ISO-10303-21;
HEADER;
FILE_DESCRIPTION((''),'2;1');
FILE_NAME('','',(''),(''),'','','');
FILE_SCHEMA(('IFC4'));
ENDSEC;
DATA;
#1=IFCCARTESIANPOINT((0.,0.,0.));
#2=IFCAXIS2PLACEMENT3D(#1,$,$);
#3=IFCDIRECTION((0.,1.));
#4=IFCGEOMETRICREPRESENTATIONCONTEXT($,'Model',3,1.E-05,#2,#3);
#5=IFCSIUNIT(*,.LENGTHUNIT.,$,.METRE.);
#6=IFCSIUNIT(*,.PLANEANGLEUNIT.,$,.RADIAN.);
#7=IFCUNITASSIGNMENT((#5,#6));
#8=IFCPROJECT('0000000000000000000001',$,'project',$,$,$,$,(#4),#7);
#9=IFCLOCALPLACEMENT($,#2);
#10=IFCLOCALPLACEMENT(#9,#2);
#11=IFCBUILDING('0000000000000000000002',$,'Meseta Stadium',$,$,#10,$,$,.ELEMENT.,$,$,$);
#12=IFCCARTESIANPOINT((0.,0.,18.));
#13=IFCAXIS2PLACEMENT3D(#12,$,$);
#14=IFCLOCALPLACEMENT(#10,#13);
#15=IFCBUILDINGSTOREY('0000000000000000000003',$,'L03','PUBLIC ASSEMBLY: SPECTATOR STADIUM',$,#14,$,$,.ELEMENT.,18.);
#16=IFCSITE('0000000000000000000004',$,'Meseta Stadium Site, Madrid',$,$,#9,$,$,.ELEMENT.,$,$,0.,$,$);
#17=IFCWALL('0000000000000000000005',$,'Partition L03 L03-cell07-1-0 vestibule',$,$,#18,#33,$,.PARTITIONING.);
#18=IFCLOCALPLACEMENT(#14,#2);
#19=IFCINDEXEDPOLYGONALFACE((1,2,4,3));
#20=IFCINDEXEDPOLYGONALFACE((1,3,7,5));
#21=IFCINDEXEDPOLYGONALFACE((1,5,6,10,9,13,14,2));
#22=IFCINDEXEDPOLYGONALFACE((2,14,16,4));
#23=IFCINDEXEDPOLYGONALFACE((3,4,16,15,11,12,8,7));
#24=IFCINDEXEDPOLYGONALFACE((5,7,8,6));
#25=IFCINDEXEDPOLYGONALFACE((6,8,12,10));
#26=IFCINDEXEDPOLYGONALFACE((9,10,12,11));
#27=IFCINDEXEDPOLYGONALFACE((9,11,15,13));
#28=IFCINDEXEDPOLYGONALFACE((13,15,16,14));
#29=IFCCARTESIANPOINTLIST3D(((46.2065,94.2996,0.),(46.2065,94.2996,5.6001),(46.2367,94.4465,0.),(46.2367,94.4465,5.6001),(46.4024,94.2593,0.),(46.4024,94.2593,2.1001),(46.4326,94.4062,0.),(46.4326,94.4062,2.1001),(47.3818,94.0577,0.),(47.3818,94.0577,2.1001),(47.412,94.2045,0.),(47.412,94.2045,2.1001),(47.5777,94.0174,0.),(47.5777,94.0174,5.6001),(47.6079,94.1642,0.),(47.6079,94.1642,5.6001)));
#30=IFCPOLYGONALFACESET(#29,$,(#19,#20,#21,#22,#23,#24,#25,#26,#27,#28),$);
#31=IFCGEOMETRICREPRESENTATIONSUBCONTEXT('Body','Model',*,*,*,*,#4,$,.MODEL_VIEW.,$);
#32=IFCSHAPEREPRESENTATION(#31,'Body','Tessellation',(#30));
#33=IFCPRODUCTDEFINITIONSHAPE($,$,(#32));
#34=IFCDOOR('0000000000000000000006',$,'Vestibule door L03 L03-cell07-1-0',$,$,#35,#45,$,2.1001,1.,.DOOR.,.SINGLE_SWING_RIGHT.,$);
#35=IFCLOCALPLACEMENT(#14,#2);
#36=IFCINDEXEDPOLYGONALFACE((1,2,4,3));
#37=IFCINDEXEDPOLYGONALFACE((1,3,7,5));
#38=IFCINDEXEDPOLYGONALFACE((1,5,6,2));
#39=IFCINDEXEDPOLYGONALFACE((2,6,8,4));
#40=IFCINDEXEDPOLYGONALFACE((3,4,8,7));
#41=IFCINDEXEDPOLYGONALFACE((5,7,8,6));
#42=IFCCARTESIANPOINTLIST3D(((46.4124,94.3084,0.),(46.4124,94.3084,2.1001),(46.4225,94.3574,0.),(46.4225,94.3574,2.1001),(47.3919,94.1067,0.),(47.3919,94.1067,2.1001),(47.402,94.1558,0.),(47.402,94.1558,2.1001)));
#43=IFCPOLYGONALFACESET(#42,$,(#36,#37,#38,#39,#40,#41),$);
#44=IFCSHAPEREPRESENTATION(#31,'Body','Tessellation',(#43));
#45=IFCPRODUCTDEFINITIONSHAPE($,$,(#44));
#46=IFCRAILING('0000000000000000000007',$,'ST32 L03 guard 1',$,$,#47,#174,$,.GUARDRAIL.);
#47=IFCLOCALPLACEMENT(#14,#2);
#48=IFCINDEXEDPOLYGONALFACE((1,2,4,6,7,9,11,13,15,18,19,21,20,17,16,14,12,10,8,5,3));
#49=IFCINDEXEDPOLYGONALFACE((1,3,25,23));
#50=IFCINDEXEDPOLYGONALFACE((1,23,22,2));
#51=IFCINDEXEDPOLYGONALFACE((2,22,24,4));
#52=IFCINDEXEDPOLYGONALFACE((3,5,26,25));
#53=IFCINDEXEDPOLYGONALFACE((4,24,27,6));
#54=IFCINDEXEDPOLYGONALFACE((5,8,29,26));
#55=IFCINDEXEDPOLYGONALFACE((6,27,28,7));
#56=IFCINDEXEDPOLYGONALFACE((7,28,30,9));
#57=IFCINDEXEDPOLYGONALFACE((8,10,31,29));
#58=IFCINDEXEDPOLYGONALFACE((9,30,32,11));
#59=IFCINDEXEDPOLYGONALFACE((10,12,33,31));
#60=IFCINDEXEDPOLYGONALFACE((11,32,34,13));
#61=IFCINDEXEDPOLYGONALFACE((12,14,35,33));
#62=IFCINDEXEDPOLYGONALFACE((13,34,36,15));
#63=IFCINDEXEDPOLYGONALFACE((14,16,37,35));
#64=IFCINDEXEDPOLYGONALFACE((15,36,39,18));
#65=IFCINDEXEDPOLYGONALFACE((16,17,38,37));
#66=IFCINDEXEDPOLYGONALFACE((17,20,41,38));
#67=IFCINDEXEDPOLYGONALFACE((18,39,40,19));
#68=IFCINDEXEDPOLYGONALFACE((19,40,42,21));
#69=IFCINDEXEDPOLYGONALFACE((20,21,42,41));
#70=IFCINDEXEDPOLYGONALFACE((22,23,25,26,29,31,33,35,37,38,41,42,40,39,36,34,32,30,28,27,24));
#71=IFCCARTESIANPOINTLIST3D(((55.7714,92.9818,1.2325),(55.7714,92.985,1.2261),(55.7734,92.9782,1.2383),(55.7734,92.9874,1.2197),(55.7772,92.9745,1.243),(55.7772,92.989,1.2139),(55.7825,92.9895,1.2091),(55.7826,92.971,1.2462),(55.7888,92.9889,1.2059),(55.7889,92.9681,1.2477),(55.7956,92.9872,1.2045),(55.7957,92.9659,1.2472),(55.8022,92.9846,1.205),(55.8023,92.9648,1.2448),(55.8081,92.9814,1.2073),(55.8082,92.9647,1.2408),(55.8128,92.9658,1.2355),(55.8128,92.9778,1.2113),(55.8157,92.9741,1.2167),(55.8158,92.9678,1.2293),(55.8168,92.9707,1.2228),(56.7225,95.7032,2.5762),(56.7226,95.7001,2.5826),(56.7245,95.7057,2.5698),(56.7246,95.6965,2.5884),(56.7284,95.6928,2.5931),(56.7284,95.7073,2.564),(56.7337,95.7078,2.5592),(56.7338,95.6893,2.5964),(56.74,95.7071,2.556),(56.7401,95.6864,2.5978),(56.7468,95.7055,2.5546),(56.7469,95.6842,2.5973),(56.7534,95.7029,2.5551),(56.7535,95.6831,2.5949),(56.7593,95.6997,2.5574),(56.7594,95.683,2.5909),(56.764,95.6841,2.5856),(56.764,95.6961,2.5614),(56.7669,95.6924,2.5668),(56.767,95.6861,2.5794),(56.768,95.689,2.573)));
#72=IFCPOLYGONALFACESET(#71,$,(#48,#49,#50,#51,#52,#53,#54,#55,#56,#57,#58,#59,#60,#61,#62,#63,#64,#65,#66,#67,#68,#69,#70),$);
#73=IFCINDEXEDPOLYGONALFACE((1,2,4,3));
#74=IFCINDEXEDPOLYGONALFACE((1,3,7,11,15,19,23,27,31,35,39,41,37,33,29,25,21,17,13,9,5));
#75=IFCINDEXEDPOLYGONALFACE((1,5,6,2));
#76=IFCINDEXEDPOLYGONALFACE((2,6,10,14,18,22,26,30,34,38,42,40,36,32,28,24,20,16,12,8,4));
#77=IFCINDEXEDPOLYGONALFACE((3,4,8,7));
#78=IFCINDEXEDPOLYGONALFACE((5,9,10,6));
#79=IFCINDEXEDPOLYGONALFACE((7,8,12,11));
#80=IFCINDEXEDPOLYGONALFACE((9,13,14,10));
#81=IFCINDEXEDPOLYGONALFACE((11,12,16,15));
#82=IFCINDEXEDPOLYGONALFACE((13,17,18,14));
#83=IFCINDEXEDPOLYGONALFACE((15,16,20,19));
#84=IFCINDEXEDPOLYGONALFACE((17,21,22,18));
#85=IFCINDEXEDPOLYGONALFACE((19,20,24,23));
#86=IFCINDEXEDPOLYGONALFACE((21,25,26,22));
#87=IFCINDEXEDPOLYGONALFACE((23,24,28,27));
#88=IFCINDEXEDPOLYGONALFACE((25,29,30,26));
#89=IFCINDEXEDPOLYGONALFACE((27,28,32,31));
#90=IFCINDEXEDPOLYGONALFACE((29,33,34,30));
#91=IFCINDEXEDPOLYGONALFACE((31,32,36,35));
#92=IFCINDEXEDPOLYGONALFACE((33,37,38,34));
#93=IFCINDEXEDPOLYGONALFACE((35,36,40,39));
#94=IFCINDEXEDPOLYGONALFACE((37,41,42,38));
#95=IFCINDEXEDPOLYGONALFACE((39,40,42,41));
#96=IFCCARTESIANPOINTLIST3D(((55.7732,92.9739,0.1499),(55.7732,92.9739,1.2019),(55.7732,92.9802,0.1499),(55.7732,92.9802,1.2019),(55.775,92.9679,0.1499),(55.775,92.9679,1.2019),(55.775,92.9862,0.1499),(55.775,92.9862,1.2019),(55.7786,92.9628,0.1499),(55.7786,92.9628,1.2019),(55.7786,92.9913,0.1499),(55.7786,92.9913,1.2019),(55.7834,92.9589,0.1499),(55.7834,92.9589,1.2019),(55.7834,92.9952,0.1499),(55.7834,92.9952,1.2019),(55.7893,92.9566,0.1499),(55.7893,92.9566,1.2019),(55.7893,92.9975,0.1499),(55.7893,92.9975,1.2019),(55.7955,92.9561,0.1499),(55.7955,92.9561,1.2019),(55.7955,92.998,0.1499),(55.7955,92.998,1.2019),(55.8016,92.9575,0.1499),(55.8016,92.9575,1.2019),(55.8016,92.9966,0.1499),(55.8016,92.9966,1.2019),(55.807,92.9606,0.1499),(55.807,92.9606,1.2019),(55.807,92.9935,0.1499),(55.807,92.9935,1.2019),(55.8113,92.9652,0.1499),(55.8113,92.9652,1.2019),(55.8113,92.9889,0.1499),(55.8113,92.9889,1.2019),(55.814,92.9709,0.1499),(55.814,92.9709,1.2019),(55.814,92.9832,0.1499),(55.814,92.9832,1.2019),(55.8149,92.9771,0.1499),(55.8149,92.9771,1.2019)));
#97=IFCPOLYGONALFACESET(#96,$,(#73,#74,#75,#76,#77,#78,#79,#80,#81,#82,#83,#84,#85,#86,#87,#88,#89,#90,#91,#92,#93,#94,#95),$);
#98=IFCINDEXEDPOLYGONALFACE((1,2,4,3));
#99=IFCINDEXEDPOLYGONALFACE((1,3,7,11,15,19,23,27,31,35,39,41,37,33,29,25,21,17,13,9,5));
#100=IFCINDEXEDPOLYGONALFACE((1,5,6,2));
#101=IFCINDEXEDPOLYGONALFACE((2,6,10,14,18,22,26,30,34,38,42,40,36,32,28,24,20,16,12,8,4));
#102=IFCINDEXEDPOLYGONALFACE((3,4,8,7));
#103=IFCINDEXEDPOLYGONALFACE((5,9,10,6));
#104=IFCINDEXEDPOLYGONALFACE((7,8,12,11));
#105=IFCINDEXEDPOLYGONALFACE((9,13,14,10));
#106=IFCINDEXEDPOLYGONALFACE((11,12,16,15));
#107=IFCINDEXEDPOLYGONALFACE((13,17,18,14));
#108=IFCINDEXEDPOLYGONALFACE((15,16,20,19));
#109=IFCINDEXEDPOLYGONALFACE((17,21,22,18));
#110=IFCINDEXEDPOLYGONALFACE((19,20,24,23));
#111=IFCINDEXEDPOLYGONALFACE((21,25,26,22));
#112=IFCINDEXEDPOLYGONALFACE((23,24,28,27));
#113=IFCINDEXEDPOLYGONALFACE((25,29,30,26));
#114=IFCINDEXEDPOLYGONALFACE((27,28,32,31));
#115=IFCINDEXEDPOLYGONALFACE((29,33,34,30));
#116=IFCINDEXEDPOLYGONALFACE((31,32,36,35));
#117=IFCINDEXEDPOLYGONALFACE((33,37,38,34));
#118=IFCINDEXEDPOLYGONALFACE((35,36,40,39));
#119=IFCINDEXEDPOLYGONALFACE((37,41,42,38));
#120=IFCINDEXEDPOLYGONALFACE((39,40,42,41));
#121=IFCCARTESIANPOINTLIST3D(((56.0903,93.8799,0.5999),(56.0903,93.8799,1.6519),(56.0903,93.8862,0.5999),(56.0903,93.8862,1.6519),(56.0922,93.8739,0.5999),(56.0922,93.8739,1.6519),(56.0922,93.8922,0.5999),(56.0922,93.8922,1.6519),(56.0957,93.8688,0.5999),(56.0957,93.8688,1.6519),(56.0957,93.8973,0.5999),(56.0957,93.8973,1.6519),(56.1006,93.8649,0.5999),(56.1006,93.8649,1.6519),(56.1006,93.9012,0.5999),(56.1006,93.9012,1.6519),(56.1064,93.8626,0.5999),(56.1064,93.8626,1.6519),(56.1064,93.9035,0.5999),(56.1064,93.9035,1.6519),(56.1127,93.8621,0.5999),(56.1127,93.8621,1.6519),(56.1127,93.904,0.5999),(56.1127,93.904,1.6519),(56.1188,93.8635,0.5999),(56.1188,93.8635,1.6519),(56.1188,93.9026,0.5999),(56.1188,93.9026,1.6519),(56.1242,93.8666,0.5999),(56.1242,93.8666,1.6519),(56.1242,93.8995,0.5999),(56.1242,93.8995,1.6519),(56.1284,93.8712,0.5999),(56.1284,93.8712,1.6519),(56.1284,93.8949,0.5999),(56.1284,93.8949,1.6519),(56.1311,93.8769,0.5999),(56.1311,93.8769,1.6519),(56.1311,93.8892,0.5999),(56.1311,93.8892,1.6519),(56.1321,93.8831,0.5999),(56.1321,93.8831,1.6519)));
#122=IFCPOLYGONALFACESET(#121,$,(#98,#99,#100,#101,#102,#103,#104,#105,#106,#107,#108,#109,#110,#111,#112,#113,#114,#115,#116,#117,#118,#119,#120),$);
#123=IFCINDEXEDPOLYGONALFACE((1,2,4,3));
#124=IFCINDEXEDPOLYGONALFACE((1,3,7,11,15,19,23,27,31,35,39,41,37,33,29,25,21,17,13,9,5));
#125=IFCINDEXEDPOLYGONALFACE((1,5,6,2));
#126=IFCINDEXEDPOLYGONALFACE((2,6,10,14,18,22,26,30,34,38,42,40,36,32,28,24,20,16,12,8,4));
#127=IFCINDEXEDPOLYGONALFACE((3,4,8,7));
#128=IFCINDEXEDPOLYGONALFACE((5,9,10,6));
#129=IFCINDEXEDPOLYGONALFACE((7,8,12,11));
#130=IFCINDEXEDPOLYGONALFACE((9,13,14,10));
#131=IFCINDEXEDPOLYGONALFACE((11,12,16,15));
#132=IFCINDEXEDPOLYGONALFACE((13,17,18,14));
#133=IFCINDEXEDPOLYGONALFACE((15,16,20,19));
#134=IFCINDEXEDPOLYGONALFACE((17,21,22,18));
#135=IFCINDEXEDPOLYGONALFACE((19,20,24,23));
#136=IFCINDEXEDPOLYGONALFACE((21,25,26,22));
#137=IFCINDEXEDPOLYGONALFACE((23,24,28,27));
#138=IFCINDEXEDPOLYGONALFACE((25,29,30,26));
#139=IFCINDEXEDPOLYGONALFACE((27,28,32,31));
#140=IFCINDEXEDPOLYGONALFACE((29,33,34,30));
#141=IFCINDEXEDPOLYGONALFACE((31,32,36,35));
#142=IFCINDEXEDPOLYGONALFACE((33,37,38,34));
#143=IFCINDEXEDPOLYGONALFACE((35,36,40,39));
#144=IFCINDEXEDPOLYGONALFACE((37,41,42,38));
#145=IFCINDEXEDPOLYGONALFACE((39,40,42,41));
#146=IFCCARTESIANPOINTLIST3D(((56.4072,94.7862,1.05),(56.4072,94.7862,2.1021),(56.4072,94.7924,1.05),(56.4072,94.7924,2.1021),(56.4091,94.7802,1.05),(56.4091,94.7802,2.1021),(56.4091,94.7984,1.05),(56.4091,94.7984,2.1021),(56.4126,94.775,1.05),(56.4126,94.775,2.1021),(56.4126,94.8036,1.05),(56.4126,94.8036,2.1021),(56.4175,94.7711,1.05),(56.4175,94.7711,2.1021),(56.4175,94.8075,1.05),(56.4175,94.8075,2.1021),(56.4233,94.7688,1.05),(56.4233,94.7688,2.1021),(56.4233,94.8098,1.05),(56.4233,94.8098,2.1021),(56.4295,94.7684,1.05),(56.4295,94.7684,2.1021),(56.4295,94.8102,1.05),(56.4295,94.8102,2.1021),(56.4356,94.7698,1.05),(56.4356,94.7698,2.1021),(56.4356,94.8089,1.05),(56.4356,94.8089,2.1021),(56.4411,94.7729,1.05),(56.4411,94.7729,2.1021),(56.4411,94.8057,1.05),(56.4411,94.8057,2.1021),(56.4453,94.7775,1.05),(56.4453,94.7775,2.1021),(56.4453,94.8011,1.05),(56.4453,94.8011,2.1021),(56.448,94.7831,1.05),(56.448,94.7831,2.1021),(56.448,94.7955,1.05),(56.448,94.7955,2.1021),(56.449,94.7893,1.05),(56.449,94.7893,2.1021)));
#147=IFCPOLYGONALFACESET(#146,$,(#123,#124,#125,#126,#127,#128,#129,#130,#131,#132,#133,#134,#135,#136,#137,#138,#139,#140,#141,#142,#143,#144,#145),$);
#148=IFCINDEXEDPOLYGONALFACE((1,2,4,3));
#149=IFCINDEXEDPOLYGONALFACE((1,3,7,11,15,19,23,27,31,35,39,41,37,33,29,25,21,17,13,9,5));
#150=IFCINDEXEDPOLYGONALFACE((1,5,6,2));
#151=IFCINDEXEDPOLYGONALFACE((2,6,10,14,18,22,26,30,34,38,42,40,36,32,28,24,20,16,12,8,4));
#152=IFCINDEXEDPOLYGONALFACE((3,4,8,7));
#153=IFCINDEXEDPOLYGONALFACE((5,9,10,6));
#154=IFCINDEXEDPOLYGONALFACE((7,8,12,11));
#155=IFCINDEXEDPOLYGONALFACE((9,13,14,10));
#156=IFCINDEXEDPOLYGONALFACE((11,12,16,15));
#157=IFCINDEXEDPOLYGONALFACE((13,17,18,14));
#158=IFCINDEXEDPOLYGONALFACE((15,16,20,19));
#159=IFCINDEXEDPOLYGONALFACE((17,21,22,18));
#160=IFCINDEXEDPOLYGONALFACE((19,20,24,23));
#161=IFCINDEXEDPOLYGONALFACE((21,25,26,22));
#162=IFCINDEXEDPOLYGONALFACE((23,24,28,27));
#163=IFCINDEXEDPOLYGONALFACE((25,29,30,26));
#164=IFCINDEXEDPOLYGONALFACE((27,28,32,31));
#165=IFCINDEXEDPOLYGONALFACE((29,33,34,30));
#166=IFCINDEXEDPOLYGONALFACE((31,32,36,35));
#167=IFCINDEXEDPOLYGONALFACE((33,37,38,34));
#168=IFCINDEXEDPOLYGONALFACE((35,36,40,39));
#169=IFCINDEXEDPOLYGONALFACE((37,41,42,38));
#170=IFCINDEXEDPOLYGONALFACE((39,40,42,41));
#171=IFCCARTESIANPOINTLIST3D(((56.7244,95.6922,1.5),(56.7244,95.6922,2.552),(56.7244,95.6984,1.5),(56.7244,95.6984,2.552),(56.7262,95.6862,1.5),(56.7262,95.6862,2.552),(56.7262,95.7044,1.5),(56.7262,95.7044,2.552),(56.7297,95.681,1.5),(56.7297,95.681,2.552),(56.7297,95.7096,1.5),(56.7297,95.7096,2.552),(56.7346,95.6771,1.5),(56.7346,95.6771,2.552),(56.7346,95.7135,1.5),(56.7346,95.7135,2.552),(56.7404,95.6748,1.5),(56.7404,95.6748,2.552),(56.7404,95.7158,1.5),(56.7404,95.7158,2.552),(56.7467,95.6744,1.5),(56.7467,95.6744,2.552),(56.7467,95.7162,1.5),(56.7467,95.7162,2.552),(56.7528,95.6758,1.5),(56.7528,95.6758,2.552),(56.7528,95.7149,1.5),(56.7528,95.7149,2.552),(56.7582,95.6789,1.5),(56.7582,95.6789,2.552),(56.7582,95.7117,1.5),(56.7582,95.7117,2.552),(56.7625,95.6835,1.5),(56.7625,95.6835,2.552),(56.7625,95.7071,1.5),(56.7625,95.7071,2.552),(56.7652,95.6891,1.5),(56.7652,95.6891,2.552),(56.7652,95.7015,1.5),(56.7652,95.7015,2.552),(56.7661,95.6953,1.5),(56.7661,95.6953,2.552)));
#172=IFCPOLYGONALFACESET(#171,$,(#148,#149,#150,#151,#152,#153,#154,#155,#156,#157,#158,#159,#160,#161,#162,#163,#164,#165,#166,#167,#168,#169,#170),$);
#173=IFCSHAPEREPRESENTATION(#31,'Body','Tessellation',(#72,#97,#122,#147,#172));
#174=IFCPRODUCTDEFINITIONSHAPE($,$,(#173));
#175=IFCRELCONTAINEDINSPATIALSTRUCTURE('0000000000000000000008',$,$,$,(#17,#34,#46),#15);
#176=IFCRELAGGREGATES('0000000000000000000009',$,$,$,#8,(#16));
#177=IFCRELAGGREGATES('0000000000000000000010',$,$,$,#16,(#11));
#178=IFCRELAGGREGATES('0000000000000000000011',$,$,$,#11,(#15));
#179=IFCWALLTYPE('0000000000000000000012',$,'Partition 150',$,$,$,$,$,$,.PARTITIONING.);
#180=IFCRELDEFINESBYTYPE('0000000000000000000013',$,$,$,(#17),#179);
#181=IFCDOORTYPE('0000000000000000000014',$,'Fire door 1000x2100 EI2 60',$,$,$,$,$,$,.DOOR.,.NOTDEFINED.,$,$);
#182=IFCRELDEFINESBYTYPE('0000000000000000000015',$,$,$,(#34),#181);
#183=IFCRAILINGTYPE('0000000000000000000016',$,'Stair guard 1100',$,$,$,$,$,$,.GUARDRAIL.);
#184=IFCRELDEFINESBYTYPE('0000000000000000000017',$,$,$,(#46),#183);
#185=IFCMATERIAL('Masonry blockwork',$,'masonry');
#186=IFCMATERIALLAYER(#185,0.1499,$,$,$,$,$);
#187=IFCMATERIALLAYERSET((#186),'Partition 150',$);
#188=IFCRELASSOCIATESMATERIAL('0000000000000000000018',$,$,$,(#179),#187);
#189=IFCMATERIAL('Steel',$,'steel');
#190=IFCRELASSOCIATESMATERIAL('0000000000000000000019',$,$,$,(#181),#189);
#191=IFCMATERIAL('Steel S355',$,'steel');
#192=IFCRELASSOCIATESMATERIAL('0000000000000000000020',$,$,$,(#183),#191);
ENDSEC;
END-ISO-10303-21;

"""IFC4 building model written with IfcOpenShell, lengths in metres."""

from ifc_helpers import new_model, si_unit, direction, frame, frame_2d, origin, origin_2d, place, context, subcontext, project, spatial, rectangle, circle, extrude, material, layer, layer_set, type_object, element, fill, save


model = new_model("IFC4")

# Units and contexts
model_context = context("Model", 3, precision=1e-05, world=origin(), true_north=direction((0.0, 1.0)))
body_context = subcontext(model_context, "Body", "Model", "MODEL_VIEW")
ifc_project = project(units=[si_unit("LENGTHUNIT", "METRE"), si_unit("PLANEANGLEUNIT", "RADIAN")], contexts=[model_context])

# Site, building, storey
site_placement = place(None, origin())
site = spatial("IfcSite", under=ifc_project, at=site_placement, Name="Meseta Stadium Site, Madrid", CompositionType="ELEMENT", RefElevation=0.0)
building_placement = place(site_placement, origin())
building = spatial("IfcBuilding", under=site, at=building_placement, Name="Meseta Stadium", CompositionType="ELEMENT")
storey_placement = place(building_placement, frame((0.0, 0.0, 18.0)))
storey = spatial("IfcBuildingStorey", under=building, at=storey_placement, Name="L03", Description="PUBLIC ASSEMBLY: SPECTATOR STADIUM", CompositionType="ELEMENT", Elevation=18.0)

# Shared definitions
ifc_material_1 = material(Name="Masonry blockwork", Category="masonry")
ifc_layer_1 = layer(ifc_material_1, 0.1499)
ifc_layer_set_1 = layer_set([ifc_layer_1], Name="Partition 150")
wall_type_1 = type_object("IfcWallType", Name="Partition 150", PredefinedType="PARTITIONING", material=ifc_layer_set_1)

# Wall, opening, door
wall_1_placement = place(storey_placement, frame((47.5928, 94.0908, 0.0), z_axis=(0.0, 0.0, 1.0), x_axis=(-0.979465, 0.201614, 0.0)))
wall_1 = element("IfcWall", 1, at=wall_1_placement, inside=storey, type_object=wall_type_1, Name="Partition L03 L03-cell07-1-0 vestibule", PredefinedType="PARTITIONING", context=body_context, shape_type="SweptSolid", body=[
    extrude(rectangle(XDim=1.3999, YDim=0.1499, at=frame_2d((0.7, 0.0))), origin(), (0.0, 0.0, 1.0), 5.6001),
])
opening_1_placement = place(wall_1_placement, frame((0.2, 0.0, 0.0)))
opening_1 = element("IfcOpeningElement", 2, at=opening_1_placement, cuts=wall_1, PredefinedType="OPENING", context=body_context, shape_type="SweptSolid", body=[
    extrude(rectangle(XDim=1.0, YDim=2.1001, at=frame_2d((0.5, 1.05))), frame((0.0, 0.085, 0.0), z_axis=(0.0, -1.0, 0.0), x_axis=(1.0, 0.0, 0.0)), (0.0, 0.0, 1.0), 0.1699),
])
ifc_material_2 = material(Name="Steel", Category="steel")
door_type_1 = type_object("IfcDoorType", Name="Fire door 1000x2100 EI2 60", OperationType="NOTDEFINED", PredefinedType="DOOR", material=ifc_material_2)
door_1_placement = place(opening_1_placement, origin())
door_1 = element("IfcDoor", 3, at=door_1_placement, inside=storey, type_object=door_type_1, Name="Vestibule door L03 L03-cell07-1-0", OperationType="SINGLE_SWING_RIGHT", OverallHeight=2.1001, OverallWidth=1.0, PredefinedType="DOOR", context=body_context, shape_type="SweptSolid", body=[
    extrude(rectangle(XDim=1.0, YDim=2.1001, at=frame_2d((0.5, 1.05))), frame((0.0, 0.0249, 0.0), z_axis=(0.0, -1.0, 0.0), x_axis=(1.0, 0.0, 0.0)), (0.0, 0.0, 1.0), 0.05),
])
fill(opening_1, door_1)

# Railing
ifc_material_3 = material(Name="Steel S355", Category="steel")
railing_type = type_object("IfcRailingType", Name="Stair guard 1100", PredefinedType="GUARDRAIL", material=ifc_material_3)
railing_1_placement = place(storey_placement, frame((55.7939, 92.9771, 0.1499)))
element("IfcRailing", 4, at=railing_1_placement, inside=storey, type_object=railing_type, Name="ST32 L03 guard 1", PredefinedType="GUARDRAIL", context=body_context, shape_type="SweptSolid", body=[
    extrude(circle(Radius=0.0239, at=origin_2d()), frame((0.0, 0.0, 1.0762), z_axis=(0.299051, 0.854629, 0.424474), x_axis=(-0.943882, 0.330282, 0.0)), (0.0, 0.0, 1.0), 3.1807),
    extrude(circle(Radius=0.021, at=origin_2d()), origin(), (0.0, 0.0, 1.0), 1.052),
    extrude(circle(Radius=0.021, at=origin_2d()), frame((0.3171, 0.906, 0.45)), (0.0, 0.0, 1.0), 1.052),
    extrude(circle(Radius=0.021, at=origin_2d()), frame((0.634, 1.8123, 0.9001)), (0.0, 0.0, 1.0), 1.052),
    extrude(circle(Radius=0.021, at=origin_2d()), frame((0.9512, 2.7183, 1.3501)), (0.0, 0.0, 1.0), 1.052),
])

save(model, "model.ifc")
